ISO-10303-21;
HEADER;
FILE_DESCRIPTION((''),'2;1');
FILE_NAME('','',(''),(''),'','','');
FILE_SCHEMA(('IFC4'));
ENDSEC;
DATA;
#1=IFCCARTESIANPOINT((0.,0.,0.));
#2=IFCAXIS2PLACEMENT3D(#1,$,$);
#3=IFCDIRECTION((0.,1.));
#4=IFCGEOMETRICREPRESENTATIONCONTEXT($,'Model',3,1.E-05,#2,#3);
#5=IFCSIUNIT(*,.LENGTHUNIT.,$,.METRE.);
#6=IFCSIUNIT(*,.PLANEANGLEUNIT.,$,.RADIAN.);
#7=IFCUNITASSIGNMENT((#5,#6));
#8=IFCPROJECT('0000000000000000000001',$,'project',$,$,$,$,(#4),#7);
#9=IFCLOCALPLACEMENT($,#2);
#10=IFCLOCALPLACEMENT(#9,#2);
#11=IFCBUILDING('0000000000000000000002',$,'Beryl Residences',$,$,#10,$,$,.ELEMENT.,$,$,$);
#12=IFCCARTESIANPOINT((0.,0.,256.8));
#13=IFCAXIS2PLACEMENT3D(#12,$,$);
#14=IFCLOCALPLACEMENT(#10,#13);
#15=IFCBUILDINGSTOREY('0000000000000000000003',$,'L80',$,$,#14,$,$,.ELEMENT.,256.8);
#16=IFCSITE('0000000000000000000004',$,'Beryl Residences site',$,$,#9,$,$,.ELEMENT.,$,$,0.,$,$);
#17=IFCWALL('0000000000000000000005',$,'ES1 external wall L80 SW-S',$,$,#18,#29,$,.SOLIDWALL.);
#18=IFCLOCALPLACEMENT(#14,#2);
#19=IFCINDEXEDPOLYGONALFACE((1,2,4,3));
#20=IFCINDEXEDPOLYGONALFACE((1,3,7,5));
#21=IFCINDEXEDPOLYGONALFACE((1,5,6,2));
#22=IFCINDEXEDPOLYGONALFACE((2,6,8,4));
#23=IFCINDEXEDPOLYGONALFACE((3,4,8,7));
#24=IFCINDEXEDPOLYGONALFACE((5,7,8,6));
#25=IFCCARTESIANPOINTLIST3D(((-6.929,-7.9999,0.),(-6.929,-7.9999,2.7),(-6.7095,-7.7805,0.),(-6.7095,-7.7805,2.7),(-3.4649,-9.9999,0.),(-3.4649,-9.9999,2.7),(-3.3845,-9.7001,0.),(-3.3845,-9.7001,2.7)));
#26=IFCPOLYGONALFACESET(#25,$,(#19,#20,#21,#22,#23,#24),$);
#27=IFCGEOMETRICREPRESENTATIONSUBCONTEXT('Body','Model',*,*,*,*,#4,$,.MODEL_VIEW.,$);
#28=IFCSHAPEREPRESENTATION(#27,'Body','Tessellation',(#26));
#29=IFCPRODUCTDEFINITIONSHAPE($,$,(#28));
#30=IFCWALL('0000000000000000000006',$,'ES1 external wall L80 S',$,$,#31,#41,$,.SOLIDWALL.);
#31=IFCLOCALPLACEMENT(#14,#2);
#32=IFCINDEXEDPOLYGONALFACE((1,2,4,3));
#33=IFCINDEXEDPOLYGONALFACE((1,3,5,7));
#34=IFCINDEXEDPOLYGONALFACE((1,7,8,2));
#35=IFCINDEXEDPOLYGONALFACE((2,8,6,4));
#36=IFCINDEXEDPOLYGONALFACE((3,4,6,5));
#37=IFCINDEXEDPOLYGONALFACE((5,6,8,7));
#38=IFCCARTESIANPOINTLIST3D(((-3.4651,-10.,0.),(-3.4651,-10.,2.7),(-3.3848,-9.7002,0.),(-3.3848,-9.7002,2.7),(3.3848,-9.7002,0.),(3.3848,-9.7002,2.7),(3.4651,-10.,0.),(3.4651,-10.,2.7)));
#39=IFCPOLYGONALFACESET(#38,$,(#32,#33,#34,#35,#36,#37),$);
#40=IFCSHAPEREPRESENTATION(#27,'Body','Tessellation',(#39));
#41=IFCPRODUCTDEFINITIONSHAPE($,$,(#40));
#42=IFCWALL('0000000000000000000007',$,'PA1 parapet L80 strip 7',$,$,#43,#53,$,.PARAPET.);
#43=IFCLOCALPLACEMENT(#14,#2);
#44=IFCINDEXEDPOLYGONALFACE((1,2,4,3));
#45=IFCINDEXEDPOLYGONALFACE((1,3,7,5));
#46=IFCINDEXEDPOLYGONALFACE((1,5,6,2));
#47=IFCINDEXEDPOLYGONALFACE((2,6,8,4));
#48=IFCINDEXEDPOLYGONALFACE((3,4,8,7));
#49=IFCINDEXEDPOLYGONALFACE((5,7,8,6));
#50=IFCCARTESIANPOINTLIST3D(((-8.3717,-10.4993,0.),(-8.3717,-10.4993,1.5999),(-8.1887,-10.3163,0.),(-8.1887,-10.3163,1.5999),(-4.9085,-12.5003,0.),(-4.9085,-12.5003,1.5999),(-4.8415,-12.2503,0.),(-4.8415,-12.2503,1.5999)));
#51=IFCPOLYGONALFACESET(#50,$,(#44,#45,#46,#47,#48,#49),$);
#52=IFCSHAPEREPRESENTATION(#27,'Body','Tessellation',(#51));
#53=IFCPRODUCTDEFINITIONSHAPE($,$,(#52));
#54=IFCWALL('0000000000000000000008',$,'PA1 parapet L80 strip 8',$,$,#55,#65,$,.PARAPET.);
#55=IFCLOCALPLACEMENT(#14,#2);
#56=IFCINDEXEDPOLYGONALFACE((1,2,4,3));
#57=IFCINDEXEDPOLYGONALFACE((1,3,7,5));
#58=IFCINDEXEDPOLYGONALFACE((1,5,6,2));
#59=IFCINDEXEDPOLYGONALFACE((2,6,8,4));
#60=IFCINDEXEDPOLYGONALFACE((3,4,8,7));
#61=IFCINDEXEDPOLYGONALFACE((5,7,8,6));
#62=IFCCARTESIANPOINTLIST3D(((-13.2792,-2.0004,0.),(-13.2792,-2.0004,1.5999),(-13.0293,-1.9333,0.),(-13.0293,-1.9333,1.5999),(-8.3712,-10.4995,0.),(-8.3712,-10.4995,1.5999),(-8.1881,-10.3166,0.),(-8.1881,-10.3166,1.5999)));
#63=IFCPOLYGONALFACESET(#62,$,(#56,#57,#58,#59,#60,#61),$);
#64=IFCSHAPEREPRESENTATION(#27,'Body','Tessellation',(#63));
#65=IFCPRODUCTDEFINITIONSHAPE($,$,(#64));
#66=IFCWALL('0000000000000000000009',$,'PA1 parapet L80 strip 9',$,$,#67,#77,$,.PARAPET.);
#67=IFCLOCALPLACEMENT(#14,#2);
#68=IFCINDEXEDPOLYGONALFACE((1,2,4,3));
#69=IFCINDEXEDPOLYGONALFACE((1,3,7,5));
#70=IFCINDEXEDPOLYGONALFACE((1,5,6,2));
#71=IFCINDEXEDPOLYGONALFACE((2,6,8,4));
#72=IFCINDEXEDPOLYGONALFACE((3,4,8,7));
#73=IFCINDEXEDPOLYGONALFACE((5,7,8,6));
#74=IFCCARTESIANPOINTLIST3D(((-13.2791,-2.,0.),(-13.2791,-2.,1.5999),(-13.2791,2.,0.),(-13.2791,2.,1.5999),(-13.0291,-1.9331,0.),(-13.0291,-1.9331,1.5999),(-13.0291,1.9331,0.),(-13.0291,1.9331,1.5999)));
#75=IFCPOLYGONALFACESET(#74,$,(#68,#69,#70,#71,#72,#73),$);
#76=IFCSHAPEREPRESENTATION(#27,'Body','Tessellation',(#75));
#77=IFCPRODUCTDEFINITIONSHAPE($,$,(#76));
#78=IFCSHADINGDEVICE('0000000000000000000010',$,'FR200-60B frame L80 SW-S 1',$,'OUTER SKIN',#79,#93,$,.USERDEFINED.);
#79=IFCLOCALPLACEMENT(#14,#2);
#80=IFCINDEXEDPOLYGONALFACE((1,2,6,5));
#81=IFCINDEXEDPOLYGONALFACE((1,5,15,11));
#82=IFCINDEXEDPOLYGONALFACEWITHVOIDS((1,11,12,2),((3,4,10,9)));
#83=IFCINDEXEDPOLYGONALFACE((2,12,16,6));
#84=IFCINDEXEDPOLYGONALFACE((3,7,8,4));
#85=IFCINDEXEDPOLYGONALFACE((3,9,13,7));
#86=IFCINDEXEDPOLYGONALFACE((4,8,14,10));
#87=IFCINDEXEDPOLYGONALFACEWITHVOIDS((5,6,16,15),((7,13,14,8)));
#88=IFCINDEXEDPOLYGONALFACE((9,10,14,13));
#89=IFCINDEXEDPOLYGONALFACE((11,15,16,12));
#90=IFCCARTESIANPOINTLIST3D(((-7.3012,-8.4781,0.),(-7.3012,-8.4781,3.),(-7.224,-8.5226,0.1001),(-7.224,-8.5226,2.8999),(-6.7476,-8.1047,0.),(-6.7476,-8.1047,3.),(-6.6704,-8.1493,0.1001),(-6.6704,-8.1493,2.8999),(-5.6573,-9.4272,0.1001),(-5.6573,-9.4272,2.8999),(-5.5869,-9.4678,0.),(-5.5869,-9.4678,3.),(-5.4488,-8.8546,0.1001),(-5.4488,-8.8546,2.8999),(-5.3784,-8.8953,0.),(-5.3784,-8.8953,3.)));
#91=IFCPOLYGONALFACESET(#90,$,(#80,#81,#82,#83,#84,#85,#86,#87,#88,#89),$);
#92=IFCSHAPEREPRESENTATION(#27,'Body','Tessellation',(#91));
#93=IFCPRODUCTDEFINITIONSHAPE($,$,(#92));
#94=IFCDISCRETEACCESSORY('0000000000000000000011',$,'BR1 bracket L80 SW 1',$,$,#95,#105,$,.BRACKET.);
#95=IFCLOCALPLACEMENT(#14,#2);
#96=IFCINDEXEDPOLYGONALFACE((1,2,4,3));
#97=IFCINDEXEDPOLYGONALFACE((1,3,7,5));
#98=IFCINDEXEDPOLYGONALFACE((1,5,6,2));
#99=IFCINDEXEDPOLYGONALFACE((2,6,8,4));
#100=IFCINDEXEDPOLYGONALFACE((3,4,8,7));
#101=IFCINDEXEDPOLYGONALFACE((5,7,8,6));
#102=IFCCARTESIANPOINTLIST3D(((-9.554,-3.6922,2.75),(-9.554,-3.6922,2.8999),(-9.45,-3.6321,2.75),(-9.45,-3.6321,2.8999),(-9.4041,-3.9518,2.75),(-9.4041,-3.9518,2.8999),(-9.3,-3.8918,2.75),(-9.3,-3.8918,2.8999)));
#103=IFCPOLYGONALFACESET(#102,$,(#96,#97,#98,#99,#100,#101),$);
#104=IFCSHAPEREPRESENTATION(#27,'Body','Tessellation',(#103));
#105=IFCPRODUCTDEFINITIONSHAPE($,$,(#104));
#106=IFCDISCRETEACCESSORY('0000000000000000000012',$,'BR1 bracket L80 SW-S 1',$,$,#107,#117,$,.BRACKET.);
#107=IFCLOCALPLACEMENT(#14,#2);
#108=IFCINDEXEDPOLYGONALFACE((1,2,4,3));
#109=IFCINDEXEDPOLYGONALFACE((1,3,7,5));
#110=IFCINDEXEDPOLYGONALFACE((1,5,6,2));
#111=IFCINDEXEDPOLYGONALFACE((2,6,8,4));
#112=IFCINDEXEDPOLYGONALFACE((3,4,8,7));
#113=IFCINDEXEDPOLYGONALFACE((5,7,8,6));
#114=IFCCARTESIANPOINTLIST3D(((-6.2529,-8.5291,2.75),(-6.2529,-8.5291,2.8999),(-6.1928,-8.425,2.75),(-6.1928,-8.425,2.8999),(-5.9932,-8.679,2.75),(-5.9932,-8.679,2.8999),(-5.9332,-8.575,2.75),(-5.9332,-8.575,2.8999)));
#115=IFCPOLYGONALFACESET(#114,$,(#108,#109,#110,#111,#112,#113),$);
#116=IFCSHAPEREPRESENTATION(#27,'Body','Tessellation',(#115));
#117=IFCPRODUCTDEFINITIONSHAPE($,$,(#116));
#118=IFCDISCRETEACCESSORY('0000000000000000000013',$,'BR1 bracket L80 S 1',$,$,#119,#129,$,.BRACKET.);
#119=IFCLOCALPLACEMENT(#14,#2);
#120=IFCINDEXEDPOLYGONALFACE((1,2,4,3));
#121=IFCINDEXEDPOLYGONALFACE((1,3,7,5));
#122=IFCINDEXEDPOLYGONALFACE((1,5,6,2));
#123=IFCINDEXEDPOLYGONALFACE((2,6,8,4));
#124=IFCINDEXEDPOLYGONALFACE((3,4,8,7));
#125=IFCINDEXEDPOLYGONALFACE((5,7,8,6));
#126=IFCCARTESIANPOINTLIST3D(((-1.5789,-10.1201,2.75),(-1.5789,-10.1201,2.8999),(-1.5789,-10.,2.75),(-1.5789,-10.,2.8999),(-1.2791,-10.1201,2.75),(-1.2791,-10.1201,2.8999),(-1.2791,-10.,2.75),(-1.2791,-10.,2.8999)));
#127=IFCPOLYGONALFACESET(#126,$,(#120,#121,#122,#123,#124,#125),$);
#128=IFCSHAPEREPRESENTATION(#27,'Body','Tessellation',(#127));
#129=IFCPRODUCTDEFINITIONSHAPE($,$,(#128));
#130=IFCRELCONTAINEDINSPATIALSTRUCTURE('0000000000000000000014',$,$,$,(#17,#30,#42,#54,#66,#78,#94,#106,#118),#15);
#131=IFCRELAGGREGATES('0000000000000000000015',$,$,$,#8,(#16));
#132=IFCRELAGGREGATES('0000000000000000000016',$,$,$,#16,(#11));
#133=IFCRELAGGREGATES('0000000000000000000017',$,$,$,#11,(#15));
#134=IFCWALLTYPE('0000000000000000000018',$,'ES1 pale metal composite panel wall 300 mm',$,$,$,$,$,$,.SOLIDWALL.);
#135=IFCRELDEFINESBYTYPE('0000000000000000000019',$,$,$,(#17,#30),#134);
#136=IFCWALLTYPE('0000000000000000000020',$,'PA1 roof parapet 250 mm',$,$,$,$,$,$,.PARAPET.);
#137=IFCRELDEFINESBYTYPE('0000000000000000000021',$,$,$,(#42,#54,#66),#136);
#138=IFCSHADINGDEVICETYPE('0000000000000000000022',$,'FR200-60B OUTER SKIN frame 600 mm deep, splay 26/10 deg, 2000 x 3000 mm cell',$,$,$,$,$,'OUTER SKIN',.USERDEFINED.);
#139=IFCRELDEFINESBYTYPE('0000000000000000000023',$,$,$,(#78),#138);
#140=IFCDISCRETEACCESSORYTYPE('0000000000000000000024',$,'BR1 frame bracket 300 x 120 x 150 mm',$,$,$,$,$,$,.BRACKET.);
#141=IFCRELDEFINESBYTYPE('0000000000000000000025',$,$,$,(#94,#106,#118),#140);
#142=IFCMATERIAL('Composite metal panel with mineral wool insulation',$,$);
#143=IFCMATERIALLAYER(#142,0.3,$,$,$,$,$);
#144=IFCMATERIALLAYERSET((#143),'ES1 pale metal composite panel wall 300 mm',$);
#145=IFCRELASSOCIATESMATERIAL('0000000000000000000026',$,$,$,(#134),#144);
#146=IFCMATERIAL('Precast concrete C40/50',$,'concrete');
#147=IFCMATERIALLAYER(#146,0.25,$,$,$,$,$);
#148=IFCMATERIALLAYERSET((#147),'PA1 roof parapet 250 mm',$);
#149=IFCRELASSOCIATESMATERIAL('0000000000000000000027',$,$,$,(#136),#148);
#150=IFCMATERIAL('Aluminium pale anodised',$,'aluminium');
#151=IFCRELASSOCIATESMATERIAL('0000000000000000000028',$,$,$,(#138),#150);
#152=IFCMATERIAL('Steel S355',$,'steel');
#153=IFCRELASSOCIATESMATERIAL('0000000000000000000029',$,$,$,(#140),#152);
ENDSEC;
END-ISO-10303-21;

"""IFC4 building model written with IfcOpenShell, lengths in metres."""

from ifc_helpers import new_model, entity, si_unit, direction, frame, origin, place, context, subcontext, project, spatial, polyline, outline, extrude, source, transform, mapped, material, layer, layer_set, type_object, type_shapes, element, save


model = new_model("IFC4")

# Units and contexts
model_context = context("Model", 3, precision=1e-05, world=origin(), true_north=direction((0.0, 1.0)))
body_context = subcontext(model_context, "Body", "Model", "MODEL_VIEW")
ifc_project = project(units=[si_unit("LENGTHUNIT", "METRE"), si_unit("PLANEANGLEUNIT", "RADIAN")], contexts=[model_context])

# Site, building, storey
site_placement = place(None, origin())
site = spatial("IfcSite", under=ifc_project, at=site_placement, Name="Beryl Residences site", CompositionType="ELEMENT", RefElevation=0.0)
building_placement = place(site_placement, origin())
building = spatial("IfcBuilding", under=site, at=building_placement, Name="Beryl Residences", CompositionType="ELEMENT")
storey_placement = place(building_placement, frame((0.0, 0.0, 256.8)))
storey = spatial("IfcBuildingStorey", under=building, at=storey_placement, Name="L80", CompositionType="ELEMENT", Elevation=256.8)

# Walls
ifc_material_1 = material(Name="Composite metal panel with mineral wool insulation")
ifc_layer_1 = layer(ifc_material_1, 0.3)
ifc_layer_set_1 = layer_set([ifc_layer_1], Name="ES1 pale metal composite panel wall 300 mm")
wall_type_1 = type_object("IfcWallType", Name="ES1 pale metal composite panel wall 300 mm", PredefinedType="SOLIDWALL", material=ifc_layer_set_1)
wall_1_placement = place(storey_placement, frame((-6.854, -7.8701, 0.0), z_axis=(0.0, 0.0, 1.0), x_axis=(0.866026, -0.499999, 0.0)))
element("IfcWall", 1, at=wall_1_placement, inside=storey, type_object=wall_type_1, Name="ES1 external wall L80 SW-S", PredefinedType="SOLIDWALL", context=body_context, shape_type="SweptSolid", body=[
    extrude(outline(polyline([(0.0, -0.1499), (4.0, -0.1499), (3.9197, 0.1499), (0.0803, 0.1499), (0.0, -0.1499)])), origin(), (0.0, 0.0, 1.0), 2.7),
])
wall_2_placement = place(storey_placement, frame((-3.4651, -9.8501, 0.0), z_axis=(0.0, 0.0, 1.0), x_axis=(1.0, 0.0, 0.0)))
element("IfcWall", 2, at=wall_2_placement, inside=storey, type_object=wall_type_1, Name="ES1 external wall L80 S", PredefinedType="SOLIDWALL", context=body_context, shape_type="SweptSolid", body=[
    extrude(outline(polyline([(0.0, -0.1499), (6.9302, -0.1499), (6.8499, 0.1499), (0.0803, 0.1499), (0.0, -0.1499)])), origin(), (0.0, 0.0, 1.0), 2.7),
])
ifc_material_2 = material(Name="Precast concrete C40/50", Category="concrete")
ifc_layer_2 = layer(ifc_material_2, 0.25)
ifc_layer_set_2 = layer_set([ifc_layer_2], Name="PA1 roof parapet 250 mm")
wall_type_2 = type_object("IfcWallType", Name="PA1 roof parapet 250 mm", PredefinedType="PARAPET", material=ifc_layer_set_2)
wall_3_placement = place(storey_placement, frame((-4.8459, -12.3921, 0.0), z_axis=(0.0, 0.0, 1.0), x_axis=(-0.865859, 0.500288, 0.0)))
element("IfcWall", 3, at=wall_3_placement, inside=storey, type_object=wall_type_2, Name="PA1 parapet L80 strip 7", PredefinedType="PARAPET", context=body_context, shape_type="SweptSolid", body=[
    extrude(outline(polyline([(0.0671, -0.125), (3.9329, -0.125), (3.9998, 0.125), (0.0, 0.125), (0.0671, -0.125)])), origin(), (0.0, 0.0, 1.0), 1.5999),
])
wall_4_placement = place(storey_placement, frame((-8.2629, -10.437, 0.0), z_axis=(0.0, 0.0, 1.0), x_axis=(-0.50008, 0.865979, 0.0)))
element("IfcWall", 4, at=wall_4_placement, inside=storey, type_object=wall_type_2, Name="PA1 parapet L80 strip 8", PredefinedType="PARAPET", context=body_context, shape_type="SweptSolid", body=[
    extrude(outline(polyline([(0.0669, -0.125), (9.7476, -0.125), (9.8145, 0.125), (0.0, 0.125), (0.0669, -0.125)])), origin(), (0.0, 0.0, 1.0), 1.5999),
])
wall_5_placement = place(storey_placement, frame((-13.1541, -2.0, 0.0), z_axis=(0.0, 0.0, 1.0), x_axis=(0.0, 1.0, 0.0)))
element("IfcWall", 5, at=wall_5_placement, inside=storey, type_object=wall_type_2, Name="PA1 parapet L80 strip 9", PredefinedType="PARAPET", context=body_context, shape_type="SweptSolid", body=[
    extrude(outline(polyline([(0.0669, -0.125), (3.9331, -0.125), (4.0, 0.125), (0.0, 0.125), (0.0669, -0.125)])), origin(), (0.0, 0.0, 1.0), 1.5999),
])

# Shading device
ifc_material_3 = material(Name="Aluminium pale anodised", Category="aluminium")
shading_device_type_1 = type_object("IfcShadingDeviceType", Name="FR200-60B OUTER SKIN frame 600 mm deep, splay 26/10 deg, 2000 x 3000 mm cell", ElementType="OUTER SKIN", PredefinedType="USERDEFINED", material=ifc_material_3)
cartesian_point_1 = entity("IfcCartesianPoint", [-0.7905, 0.0])
cartesian_point_2 = entity("IfcCartesianPoint", [-0.7014, 0.1001])
cartesian_point_3 = entity("IfcCartesianPoint", [-1.0833, 0.0])
cartesian_point_4 = entity("IfcCartesianPoint", [-0.9941, 0.1001])
shared_shape_1 = source(origin(), body_context, "Body", "SweptSolid", [
    entity("IfcExtrudedAreaSolidTapered", entity("IfcArbitraryProfileDefWithVoids", "AREA", None, entity("IfcPolyline", [cartesian_point_1, entity("IfcCartesianPoint", [0.7905, 0.0]), entity("IfcCartesianPoint", [0.7905, 3.0]), entity("IfcCartesianPoint", [-0.7905, 3.0]), cartesian_point_1]), [entity("IfcPolyline", [cartesian_point_2, entity("IfcCartesianPoint", [0.7092, 0.1001]), entity("IfcCartesianPoint", [0.7092, 2.8999]), entity("IfcCartesianPoint", [-0.7014, 2.8999]), cartesian_point_2])]), entity("IfcAxis2Placement3D", entity("IfcCartesianPoint", [0.0, 0.0, 0.0]), entity("IfcDirection", [0.0, 1.0, 0.0]), entity("IfcDirection", [-1.0, 0.0, 0.0])), entity("IfcDirection", [0.0, 0.0, 1.0]), 0.6001, entity("IfcArbitraryProfileDefWithVoids", "AREA", None, entity("IfcPolyline", [cartesian_point_3, entity("IfcCartesianPoint", [0.8962, 0.0]), entity("IfcCartesianPoint", [0.8962, 3.0]), entity("IfcCartesianPoint", [-1.0833, 3.0]), cartesian_point_3]), [entity("IfcPolyline", [cartesian_point_4, entity("IfcCartesianPoint", [0.8149, 0.1001]), entity("IfcCartesianPoint", [0.8149, 2.8999]), entity("IfcCartesianPoint", [-0.9941, 2.8999]), cartesian_point_4])])),
])
type_shapes(shading_device_type_1, [shared_shape_1])
for number, where, z_axis, x_axis, name in (
    (6, (-6.063, -8.5, 0.0), (0.0, 0.0, 1.0), (-0.866025, 0.5, 0.0), "FR200-60B frame L80 SW-S 1"),
):
    element("IfcShadingDevice", number, at=place(storey_placement, frame(where, z_axis=z_axis, x_axis=x_axis)), inside=storey, type_object=shading_device_type_1, Name=name, ObjectType="OUTER SKIN", PredefinedType="USERDEFINED", context=body_context, shape_type="MappedRepresentation", body=[
        mapped(shared_shape_1, transform((0.0, 0.0, 0.0))),
    ])

# Discrete accessories
ifc_material_4 = material(Name="Steel S355", Category="steel")
discrete_accessory_type = type_object("IfcDiscreteAccessoryType", Name="BR1 frame bracket 300 x 120 x 150 mm", PredefinedType="BRACKET", material=ifc_material_4)
shared_shape_2 = source(origin(), body_context, "Body", "SweptSolid", [
    extrude(outline(polyline([(-0.1499, 0.0), (0.1499, 0.0), (0.1499, 0.1201), (-0.1499, 0.1201), (-0.1499, 0.0)])), origin(), (0.0, 0.0, 1.0), 0.1499),
])
type_shapes(discrete_accessory_type, [shared_shape_2])
for number, where, z_axis, x_axis, name in (
    (7, (-9.375, -3.762, 2.75), (0.0, 0.0, 1.0), (-0.5, 0.866025, 0.0), "BR1 bracket L80 SW 1"),
    (8, (-6.063, -8.5, 2.75), (0.0, 0.0, 1.0), (-0.866025, 0.5, 0.0), "BR1 bracket L80 SW-S 1"),
    (9, (-1.429, -10.0, 2.75), (0.0, 0.0, 1.0), (-1.0, 0.0, 0.0), "BR1 bracket L80 S 1"),
):
    element("IfcDiscreteAccessory", number, at=place(storey_placement, frame(where, z_axis=z_axis, x_axis=x_axis)), inside=storey, type_object=discrete_accessory_type, Name=name, PredefinedType="BRACKET", context=body_context, shape_type="MappedRepresentation", body=[
        mapped(shared_shape_2, transform((0.0, 0.0, 0.0))),
    ])

save(model, "model.ifc")
